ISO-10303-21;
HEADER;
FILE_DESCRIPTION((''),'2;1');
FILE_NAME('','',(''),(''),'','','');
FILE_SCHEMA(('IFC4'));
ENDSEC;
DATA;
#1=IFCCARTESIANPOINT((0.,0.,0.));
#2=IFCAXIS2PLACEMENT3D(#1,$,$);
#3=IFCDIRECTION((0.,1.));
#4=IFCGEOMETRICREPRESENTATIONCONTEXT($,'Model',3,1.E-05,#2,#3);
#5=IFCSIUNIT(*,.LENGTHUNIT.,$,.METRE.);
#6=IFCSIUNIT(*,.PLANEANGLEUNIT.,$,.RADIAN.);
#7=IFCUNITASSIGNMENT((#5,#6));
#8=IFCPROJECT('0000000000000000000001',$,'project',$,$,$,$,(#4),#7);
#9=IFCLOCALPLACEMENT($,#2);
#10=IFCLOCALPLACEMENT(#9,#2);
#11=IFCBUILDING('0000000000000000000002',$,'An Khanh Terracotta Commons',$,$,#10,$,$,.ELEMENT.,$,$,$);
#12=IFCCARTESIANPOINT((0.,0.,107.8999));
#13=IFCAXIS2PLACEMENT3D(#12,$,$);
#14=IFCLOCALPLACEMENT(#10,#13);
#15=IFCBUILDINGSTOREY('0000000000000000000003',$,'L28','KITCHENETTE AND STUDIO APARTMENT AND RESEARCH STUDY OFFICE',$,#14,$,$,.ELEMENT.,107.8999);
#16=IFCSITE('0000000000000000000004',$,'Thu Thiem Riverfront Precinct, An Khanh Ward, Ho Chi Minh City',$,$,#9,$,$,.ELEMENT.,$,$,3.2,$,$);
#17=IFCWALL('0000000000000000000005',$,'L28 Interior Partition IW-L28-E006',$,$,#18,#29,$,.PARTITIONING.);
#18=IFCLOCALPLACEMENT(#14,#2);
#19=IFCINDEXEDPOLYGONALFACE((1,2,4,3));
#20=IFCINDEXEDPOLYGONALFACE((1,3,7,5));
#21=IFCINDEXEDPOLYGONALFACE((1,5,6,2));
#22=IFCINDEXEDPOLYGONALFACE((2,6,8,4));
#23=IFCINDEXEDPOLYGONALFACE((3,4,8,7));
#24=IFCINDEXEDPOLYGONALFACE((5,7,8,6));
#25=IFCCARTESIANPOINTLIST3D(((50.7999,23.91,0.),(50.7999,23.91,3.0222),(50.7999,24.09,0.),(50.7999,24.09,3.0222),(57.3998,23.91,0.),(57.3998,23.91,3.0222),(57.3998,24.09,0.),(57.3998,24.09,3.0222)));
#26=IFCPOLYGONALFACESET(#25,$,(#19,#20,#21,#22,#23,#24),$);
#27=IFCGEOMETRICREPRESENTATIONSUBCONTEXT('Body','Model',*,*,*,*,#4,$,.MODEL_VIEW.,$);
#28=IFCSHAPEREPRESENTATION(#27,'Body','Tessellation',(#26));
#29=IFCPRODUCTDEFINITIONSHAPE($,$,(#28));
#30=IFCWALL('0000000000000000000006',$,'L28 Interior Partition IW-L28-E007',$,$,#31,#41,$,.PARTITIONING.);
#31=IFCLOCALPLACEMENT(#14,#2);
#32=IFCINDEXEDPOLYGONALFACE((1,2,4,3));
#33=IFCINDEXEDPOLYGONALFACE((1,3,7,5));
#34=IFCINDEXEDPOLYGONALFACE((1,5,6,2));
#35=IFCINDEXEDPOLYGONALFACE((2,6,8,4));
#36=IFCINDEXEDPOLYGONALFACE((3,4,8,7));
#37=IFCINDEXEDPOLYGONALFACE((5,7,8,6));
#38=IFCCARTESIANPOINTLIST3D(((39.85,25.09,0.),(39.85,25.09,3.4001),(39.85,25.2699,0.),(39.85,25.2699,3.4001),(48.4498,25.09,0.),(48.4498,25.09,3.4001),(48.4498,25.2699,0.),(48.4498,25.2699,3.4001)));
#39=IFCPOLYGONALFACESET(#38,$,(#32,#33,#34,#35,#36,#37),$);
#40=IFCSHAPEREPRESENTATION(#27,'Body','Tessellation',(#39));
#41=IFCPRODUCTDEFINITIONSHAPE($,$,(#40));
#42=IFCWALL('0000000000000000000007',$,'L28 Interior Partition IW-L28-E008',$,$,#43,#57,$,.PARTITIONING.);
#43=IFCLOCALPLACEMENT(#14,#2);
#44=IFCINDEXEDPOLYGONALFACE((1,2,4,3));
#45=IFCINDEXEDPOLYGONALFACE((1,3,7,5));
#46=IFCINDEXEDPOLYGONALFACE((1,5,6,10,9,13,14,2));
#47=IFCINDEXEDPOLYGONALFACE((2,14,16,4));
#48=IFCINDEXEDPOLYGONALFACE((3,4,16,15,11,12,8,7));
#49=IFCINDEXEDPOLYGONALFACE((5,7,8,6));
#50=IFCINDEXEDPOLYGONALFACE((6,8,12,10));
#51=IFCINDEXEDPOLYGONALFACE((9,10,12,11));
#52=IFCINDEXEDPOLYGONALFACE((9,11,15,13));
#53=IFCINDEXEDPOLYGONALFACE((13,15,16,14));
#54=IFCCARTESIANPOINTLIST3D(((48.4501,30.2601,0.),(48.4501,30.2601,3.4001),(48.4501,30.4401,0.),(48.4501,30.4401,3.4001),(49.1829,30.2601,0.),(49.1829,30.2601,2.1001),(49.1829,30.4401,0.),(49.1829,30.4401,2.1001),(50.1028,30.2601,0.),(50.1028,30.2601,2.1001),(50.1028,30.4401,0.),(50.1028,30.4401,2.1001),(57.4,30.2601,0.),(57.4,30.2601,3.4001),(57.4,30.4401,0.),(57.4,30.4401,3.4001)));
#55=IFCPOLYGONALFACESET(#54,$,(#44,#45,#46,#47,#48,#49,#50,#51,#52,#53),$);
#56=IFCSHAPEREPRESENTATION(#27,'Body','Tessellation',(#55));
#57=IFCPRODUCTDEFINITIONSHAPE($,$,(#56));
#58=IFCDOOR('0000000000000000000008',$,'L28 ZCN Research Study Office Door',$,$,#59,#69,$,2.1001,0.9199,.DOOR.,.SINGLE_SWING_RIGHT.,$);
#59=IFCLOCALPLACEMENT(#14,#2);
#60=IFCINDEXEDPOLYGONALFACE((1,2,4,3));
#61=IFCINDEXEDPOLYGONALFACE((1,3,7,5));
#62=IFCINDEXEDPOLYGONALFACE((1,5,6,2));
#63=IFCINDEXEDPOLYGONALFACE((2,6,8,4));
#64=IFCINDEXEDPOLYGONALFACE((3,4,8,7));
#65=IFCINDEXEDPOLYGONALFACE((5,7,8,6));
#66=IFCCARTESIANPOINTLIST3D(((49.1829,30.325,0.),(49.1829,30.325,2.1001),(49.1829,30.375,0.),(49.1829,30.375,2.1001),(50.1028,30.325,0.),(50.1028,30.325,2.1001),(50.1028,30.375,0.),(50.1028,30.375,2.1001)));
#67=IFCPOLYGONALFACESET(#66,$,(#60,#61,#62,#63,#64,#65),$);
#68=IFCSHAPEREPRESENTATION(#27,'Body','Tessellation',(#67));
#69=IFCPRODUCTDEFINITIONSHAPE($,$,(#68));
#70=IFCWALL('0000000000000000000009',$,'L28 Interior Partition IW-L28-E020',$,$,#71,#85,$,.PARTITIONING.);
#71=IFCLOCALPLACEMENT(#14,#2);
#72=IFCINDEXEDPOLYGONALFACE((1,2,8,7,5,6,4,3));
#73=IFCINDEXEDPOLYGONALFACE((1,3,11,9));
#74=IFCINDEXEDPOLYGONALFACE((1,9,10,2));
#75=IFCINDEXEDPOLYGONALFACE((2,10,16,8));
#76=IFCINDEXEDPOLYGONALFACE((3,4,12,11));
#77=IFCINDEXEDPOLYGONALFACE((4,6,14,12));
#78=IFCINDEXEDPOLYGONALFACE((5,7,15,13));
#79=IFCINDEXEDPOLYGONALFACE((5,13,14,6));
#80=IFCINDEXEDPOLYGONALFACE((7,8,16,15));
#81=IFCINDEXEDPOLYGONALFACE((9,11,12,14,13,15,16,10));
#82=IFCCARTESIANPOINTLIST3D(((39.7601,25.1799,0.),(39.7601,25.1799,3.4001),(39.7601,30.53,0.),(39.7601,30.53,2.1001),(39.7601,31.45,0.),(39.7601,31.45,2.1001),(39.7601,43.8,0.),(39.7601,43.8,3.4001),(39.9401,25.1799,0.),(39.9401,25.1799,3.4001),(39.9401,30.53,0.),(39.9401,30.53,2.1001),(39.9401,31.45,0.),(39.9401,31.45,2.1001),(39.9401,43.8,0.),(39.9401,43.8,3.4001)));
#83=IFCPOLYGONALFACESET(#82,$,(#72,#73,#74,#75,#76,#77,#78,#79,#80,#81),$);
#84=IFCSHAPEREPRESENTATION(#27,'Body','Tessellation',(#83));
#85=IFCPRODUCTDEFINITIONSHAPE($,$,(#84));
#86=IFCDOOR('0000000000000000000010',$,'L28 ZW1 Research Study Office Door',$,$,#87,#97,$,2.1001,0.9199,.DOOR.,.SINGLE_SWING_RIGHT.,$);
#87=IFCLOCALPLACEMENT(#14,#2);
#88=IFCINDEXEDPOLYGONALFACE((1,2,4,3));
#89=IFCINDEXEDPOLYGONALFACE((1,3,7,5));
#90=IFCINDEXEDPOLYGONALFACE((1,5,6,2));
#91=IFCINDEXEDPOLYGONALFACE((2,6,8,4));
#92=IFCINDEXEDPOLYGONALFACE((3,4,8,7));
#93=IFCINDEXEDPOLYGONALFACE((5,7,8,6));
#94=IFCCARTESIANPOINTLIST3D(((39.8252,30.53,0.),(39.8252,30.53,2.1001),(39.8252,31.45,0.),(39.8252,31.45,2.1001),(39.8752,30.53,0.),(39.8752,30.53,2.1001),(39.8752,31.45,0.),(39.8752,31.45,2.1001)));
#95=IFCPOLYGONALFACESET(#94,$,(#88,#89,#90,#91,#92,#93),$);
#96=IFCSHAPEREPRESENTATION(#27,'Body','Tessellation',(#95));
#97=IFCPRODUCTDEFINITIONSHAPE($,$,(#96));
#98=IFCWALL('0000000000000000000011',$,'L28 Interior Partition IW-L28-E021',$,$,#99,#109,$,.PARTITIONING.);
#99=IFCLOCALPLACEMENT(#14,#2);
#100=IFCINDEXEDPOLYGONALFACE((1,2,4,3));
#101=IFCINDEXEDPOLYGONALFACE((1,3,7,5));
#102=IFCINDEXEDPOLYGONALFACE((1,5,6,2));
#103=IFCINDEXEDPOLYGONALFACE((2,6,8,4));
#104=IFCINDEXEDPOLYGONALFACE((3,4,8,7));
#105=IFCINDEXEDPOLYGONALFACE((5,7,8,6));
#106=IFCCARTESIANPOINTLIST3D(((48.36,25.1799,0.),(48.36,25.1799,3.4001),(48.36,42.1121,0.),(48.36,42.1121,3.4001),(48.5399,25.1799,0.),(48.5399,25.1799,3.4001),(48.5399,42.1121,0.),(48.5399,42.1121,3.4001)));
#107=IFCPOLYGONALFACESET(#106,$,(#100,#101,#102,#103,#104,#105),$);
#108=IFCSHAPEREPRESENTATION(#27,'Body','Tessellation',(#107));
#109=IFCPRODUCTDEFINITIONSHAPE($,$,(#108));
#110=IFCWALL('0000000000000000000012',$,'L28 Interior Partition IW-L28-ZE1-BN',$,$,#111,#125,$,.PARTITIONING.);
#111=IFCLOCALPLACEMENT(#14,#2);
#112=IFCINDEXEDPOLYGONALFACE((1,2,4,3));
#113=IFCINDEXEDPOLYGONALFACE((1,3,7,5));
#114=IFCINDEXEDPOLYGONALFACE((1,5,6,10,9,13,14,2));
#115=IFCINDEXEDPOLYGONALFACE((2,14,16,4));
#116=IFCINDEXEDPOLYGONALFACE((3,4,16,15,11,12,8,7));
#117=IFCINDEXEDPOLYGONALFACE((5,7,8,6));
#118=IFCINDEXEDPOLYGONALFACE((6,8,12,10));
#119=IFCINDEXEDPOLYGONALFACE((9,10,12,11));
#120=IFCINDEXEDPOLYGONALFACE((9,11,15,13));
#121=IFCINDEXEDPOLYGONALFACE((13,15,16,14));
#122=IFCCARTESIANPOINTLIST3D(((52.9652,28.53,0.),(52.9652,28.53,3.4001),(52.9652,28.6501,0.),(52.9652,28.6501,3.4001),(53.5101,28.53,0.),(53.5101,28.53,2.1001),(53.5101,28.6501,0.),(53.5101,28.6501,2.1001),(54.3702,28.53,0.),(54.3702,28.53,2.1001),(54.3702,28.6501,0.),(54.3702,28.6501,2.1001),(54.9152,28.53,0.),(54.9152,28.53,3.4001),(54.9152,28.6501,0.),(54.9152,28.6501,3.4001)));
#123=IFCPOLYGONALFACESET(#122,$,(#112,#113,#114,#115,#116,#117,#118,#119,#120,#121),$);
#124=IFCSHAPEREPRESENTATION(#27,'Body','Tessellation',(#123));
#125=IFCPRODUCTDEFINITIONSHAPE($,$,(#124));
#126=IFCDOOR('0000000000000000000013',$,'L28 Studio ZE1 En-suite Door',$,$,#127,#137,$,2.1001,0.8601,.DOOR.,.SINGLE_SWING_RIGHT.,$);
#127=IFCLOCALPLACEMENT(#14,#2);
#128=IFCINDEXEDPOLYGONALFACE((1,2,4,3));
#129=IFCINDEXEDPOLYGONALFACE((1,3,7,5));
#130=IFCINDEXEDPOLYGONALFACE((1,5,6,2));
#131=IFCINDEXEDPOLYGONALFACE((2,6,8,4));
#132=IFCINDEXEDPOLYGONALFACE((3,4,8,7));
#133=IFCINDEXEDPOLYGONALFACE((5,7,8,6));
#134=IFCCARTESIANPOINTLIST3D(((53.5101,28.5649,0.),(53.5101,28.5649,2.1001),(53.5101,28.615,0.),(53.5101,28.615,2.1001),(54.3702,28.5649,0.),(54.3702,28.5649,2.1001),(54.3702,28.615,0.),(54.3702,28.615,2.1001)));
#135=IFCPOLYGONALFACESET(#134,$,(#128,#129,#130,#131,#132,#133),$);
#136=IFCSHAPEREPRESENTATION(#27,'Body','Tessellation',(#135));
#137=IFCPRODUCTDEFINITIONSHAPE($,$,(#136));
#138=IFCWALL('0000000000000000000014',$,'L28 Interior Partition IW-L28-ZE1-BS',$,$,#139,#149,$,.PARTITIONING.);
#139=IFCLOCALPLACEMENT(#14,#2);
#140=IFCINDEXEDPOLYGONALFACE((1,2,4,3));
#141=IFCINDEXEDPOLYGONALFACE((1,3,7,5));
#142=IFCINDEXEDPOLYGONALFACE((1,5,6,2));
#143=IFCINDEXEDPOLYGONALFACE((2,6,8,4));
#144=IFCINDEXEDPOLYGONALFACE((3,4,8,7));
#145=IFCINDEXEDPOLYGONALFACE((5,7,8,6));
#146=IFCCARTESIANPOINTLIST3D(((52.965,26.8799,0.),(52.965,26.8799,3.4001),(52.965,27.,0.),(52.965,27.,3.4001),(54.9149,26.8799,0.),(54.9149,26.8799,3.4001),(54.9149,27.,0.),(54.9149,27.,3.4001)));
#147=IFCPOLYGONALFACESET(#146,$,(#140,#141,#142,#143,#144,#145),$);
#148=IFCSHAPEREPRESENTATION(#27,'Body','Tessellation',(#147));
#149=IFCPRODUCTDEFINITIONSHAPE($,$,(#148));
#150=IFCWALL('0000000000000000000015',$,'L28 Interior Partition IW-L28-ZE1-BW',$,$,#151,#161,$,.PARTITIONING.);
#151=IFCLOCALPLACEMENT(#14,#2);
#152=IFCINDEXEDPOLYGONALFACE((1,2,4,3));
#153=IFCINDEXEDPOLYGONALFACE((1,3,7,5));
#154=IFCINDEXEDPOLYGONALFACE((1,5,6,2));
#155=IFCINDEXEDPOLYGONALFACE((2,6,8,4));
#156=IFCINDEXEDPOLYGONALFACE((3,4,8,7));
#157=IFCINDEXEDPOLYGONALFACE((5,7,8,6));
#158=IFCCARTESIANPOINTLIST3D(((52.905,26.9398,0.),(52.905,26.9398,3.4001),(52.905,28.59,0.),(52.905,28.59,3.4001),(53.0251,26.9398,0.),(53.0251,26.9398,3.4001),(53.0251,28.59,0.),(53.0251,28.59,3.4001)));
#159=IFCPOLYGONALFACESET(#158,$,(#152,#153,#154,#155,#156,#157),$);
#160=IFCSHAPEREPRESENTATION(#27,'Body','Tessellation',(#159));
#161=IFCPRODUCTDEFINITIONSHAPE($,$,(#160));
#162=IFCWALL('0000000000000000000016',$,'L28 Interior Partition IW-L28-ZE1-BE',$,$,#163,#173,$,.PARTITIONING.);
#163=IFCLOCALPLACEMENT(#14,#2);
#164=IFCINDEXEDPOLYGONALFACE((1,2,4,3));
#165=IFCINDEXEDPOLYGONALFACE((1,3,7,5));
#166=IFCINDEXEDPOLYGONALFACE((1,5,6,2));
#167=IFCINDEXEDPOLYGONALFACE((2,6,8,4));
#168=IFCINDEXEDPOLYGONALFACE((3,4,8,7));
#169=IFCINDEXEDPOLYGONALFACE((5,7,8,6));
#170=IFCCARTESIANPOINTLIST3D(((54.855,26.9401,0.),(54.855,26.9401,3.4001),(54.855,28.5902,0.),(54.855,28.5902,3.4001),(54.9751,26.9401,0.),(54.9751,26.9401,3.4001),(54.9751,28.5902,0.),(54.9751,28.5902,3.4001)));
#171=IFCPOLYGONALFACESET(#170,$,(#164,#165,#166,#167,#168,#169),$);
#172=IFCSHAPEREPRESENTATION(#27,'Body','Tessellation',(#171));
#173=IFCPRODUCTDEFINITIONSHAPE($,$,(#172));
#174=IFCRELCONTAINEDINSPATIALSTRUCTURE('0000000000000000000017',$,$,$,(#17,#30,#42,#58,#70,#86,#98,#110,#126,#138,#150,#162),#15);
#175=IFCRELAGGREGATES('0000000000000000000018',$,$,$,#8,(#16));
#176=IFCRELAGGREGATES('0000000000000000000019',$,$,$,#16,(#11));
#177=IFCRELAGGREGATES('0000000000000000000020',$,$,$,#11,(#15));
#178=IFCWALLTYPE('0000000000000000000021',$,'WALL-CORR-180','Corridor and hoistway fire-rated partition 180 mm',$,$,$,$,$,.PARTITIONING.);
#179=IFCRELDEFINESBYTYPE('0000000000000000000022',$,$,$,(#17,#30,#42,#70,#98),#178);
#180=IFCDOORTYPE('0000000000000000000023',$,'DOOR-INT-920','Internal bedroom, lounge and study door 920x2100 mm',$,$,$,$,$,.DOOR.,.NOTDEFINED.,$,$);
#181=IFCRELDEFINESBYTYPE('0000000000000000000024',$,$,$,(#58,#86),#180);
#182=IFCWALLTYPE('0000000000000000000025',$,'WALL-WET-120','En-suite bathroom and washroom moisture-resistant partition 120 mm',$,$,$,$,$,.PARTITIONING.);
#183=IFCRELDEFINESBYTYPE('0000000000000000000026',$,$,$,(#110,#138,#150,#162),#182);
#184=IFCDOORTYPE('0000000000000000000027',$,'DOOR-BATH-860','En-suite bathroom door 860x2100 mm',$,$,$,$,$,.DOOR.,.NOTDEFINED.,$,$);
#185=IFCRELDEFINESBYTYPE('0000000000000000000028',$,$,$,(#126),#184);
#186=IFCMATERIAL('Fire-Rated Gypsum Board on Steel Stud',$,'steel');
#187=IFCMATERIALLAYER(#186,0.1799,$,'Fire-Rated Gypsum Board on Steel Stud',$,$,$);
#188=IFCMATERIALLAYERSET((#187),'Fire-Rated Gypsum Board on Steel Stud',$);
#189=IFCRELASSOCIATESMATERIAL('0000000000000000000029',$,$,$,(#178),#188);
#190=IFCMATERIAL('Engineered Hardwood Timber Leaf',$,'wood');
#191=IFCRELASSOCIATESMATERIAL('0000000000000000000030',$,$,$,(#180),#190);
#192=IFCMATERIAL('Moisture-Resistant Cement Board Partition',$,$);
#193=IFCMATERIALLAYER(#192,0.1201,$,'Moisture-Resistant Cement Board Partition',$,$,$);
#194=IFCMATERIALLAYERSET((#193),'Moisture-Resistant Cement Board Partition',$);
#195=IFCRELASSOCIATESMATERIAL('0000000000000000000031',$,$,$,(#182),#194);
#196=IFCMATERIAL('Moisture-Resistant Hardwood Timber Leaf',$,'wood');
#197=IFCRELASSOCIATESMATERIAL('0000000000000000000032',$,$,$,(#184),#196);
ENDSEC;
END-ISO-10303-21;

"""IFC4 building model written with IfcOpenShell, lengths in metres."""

from ifc_helpers import new_model, si_unit, direction, frame, frame_2d, origin, place, context, subcontext, project, spatial, rectangle, extrude, material, layer, layer_set, type_object, element, fill, save


model = new_model("IFC4")

# Units and contexts
model_context = context("Model", 3, precision=1e-05, world=origin(), true_north=direction((0.0, 1.0)))
body_context = subcontext(model_context, "Body", "Model", "MODEL_VIEW")
ifc_project = project(units=[si_unit("LENGTHUNIT", "METRE"), si_unit("PLANEANGLEUNIT", "RADIAN")], contexts=[model_context])

# Site, building, storey
site_placement = place(None, origin())
site = spatial("IfcSite", under=ifc_project, at=site_placement, Name="Thu Thiem Riverfront Precinct, An Khanh Ward, Ho Chi Minh City", CompositionType="ELEMENT", RefElevation=3.2)
building_placement = place(site_placement, origin())
building = spatial("IfcBuilding", under=site, at=building_placement, Name="An Khanh Terracotta Commons", CompositionType="ELEMENT")
storey_placement = place(building_placement, frame((0.0, 0.0, 107.8999)))
storey = spatial("IfcBuildingStorey", under=building, at=storey_placement, Name="L28", Description="KITCHENETTE AND STUDIO APARTMENT AND RESEARCH STUDY OFFICE", CompositionType="ELEMENT", Elevation=107.8999)

# Walls
ifc_material_1 = material(Name="Fire-Rated Gypsum Board on Steel Stud", Category="steel")
ifc_layer_1 = layer(ifc_material_1, 0.1799, Name="Fire-Rated Gypsum Board on Steel Stud")
ifc_layer_set_1 = layer_set([ifc_layer_1], Name="Fire-Rated Gypsum Board on Steel Stud")
wall_type_1 = type_object("IfcWallType", Name="WALL-CORR-180", Description="Corridor and hoistway fire-rated partition 180 mm", PredefinedType="PARTITIONING", material=ifc_layer_set_1)
wall_1_placement = place(storey_placement, frame((50.8, 24.0, 0.0), z_axis=(0.0, 0.0, 1.0), x_axis=(1.0, 0.0, 0.0)))
element("IfcWall", 1, at=wall_1_placement, inside=storey, type_object=wall_type_1, Name="L28 Interior Partition IW-L28-E006", PredefinedType="PARTITIONING", context=body_context, shape_type="SweptSolid", body=[
    extrude(rectangle(XDim=6.5999, YDim=0.1799, at=frame_2d((3.2998, 0.0))), origin(), (0.0, 0.0, 1.0), 3.0222),
])
wall_2_placement = place(storey_placement, frame((39.8501, 25.1799, 0.0), z_axis=(0.0, 0.0, 1.0), x_axis=(1.0, 0.0, 0.0)))
element("IfcWall", 2, at=wall_2_placement, inside=storey, type_object=wall_type_1, Name="L28 Interior Partition IW-L28-E007", PredefinedType="PARTITIONING", context=body_context, shape_type="SweptSolid", body=[
    extrude(rectangle(XDim=8.5999, YDim=0.1799, at=frame_2d((4.2998, 0.0))), origin(), (0.0, 0.0, 1.0), 3.4001),
])

# Walls, openings, doors
wall_3_placement = place(storey_placement, frame((48.45, 30.3501, 0.0), z_axis=(0.0, 0.0, 1.0), x_axis=(1.0, 0.0, 0.0)))
wall_3 = element("IfcWall", 3, at=wall_3_placement, inside=storey, type_object=wall_type_1, Name="L28 Interior Partition IW-L28-E008", PredefinedType="PARTITIONING", context=body_context, shape_type="SweptSolid", body=[
    extrude(rectangle(XDim=8.95, YDim=0.1799, at=frame_2d((4.4751, 0.0))), origin(), (0.0, 0.0, 1.0), 3.4001),
])
opening_1_placement = place(wall_3_placement, frame((0.7329, 0.0, 0.0)))
opening_1 = element("IfcOpeningElement", 4, at=opening_1_placement, cuts=wall_3, PredefinedType="OPENING", context=body_context, shape_type="SweptSolid", body=[
    extrude(rectangle(XDim=0.9199, YDim=2.1001, at=frame_2d((0.46, 1.05))), frame((0.0, 0.0999, 0.0), z_axis=(0.0, -1.0, 0.0), x_axis=(1.0, 0.0, 0.0)), (0.0, 0.0, 1.0), 0.2),
])
ifc_material_2 = material(Name="Engineered Hardwood Timber Leaf", Category="wood")
door_type_1 = type_object("IfcDoorType", Name="DOOR-INT-920", Description="Internal bedroom, lounge and study door 920x2100 mm", OperationType="NOTDEFINED", PredefinedType="DOOR", material=ifc_material_2)
door_1_placement = place(opening_1_placement, origin())
door_1 = element("IfcDoor", 5, at=door_1_placement, inside=storey, type_object=door_type_1, Name="L28 ZCN Research Study Office Door", OperationType="SINGLE_SWING_RIGHT", OverallHeight=2.1001, OverallWidth=0.9199, PredefinedType="DOOR", context=body_context, shape_type="SweptSolid", body=[
    extrude(rectangle(XDim=0.9199, YDim=2.1001, at=frame_2d((0.46, 1.05))), frame((0.0, 0.0249, 0.0), z_axis=(0.0, -1.0, 0.0), x_axis=(1.0, 0.0, 0.0)), (0.0, 0.0, 1.0), 0.05),
])
fill(opening_1, door_1)
wall_4_placement = place(storey_placement, frame((39.8501, 25.1799, 0.0), z_axis=(0.0, 0.0, 1.0), x_axis=(0.0, 1.0, 0.0)))
wall_4 = element("IfcWall", 6, at=wall_4_placement, inside=storey, type_object=wall_type_1, Name="L28 Interior Partition IW-L28-E020", PredefinedType="PARTITIONING", context=body_context, shape_type="SweptSolid", body=[
    extrude(rectangle(XDim=18.6201, YDim=0.1799, at=frame_2d((9.3101, 0.0))), origin(), (0.0, 0.0, 1.0), 3.4001),
])
opening_2_placement = place(wall_4_placement, frame((5.3501, 0.0, 0.0)))
opening_2 = element("IfcOpeningElement", 7, at=opening_2_placement, cuts=wall_4, PredefinedType="OPENING", context=body_context, shape_type="SweptSolid", body=[
    extrude(rectangle(XDim=0.9199, YDim=2.1001, at=frame_2d((0.46, 1.05))), frame((0.0, 0.0999, 0.0), z_axis=(0.0, -1.0, 0.0), x_axis=(1.0, 0.0, 0.0)), (0.0, 0.0, 1.0), 0.2),
])
door_2_placement = place(opening_2_placement, origin())
door_2 = element("IfcDoor", 8, at=door_2_placement, inside=storey, type_object=door_type_1, Name="L28 ZW1 Research Study Office Door", OperationType="SINGLE_SWING_RIGHT", OverallHeight=2.1001, OverallWidth=0.9199, PredefinedType="DOOR", context=body_context, shape_type="SweptSolid", body=[
    extrude(rectangle(XDim=0.9199, YDim=2.1001, at=frame_2d((0.46, 1.05))), frame((0.0, 0.0249, 0.0), z_axis=(0.0, -1.0, 0.0), x_axis=(1.0, 0.0, 0.0)), (0.0, 0.0, 1.0), 0.05),
])
fill(opening_2, door_2)

# Wall
wall_5_placement = place(storey_placement, frame((48.45, 25.1799, 0.0), z_axis=(0.0, 0.0, 1.0), x_axis=(0.0, 1.0, 0.0)))
element("IfcWall", 9, at=wall_5_placement, inside=storey, type_object=wall_type_1, Name="L28 Interior Partition IW-L28-E021", PredefinedType="PARTITIONING", context=body_context, shape_type="SweptSolid", body=[
    extrude(rectangle(XDim=16.9321, YDim=0.1799, at=frame_2d((8.4661, 0.0))), origin(), (0.0, 0.0, 1.0), 3.4001),
])

# Wall, opening, door
ifc_material_3 = material(Name="Moisture-Resistant Cement Board Partition")
ifc_layer_2 = layer(ifc_material_3, 0.1201, Name="Moisture-Resistant Cement Board Partition")
ifc_layer_set_2 = layer_set([ifc_layer_2], Name="Moisture-Resistant Cement Board Partition")
wall_type_2 = type_object("IfcWallType", Name="WALL-WET-120", Description="En-suite bathroom and washroom moisture-resistant partition 120 mm", PredefinedType="PARTITIONING", material=ifc_layer_set_2)
wall_6_placement = place(storey_placement, frame((52.9651, 28.5901, 0.0), z_axis=(0.0, 0.0, 1.0), x_axis=(1.0, 0.0, 0.0)))
wall_6 = element("IfcWall", 10, at=wall_6_placement, inside=storey, type_object=wall_type_2, Name="L28 Interior Partition IW-L28-ZE1-BN", PredefinedType="PARTITIONING", context=body_context, shape_type="SweptSolid", body=[
    extrude(rectangle(XDim=1.95, YDim=0.1201, at=frame_2d((0.9751, 0.0))), origin(), (0.0, 0.0, 1.0), 3.4001),
])
opening_3_placement = place(wall_6_placement, frame((0.5449, 0.0, 0.0)))
opening_3 = element("IfcOpeningElement", 11, at=opening_3_placement, cuts=wall_6, PredefinedType="OPENING", context=body_context, shape_type="SweptSolid", body=[
    extrude(rectangle(XDim=0.8601, YDim=2.1001, at=frame_2d((0.4302, 1.05))), frame((0.0, 0.0701, 0.0), z_axis=(0.0, -1.0, 0.0), x_axis=(1.0, 0.0, 0.0)), (0.0, 0.0, 1.0), 0.1401),
])
ifc_material_4 = material(Name="Moisture-Resistant Hardwood Timber Leaf", Category="wood")
door_type_2 = type_object("IfcDoorType", Name="DOOR-BATH-860", Description="En-suite bathroom door 860x2100 mm", OperationType="NOTDEFINED", PredefinedType="DOOR", material=ifc_material_4)
door_3_placement = place(opening_3_placement, origin())
door_3 = element("IfcDoor", 12, at=door_3_placement, inside=storey, type_object=door_type_2, Name="L28 Studio ZE1 En-suite Door", OperationType="SINGLE_SWING_RIGHT", OverallHeight=2.1001, OverallWidth=0.8601, PredefinedType="DOOR", context=body_context, shape_type="SweptSolid", body=[
    extrude(rectangle(XDim=0.8601, YDim=2.1001, at=frame_2d((0.4302, 1.05))), frame((0.0, 0.0249, 0.0), z_axis=(0.0, -1.0, 0.0), x_axis=(1.0, 0.0, 0.0)), (0.0, 0.0, 1.0), 0.05),
])
fill(opening_3, door_3)

# Walls
wall_7_placement = place(storey_placement, frame((54.915, 26.9399, 0.0), z_axis=(0.0, 0.0, 1.0), x_axis=(-1.0, 0.0, 0.0)))
element("IfcWall", 13, at=wall_7_placement, inside=storey, type_object=wall_type_2, Name="L28 Interior Partition IW-L28-ZE1-BS", PredefinedType="PARTITIONING", context=body_context, shape_type="SweptSolid", body=[
    extrude(rectangle(XDim=1.95, YDim=0.1201, at=frame_2d((0.9751, 0.0))), origin(), (0.0, 0.0, 1.0), 3.4001),
])
for number, where, z_axis, x_axis, name in (
    (14, (52.9651, 28.5901, 0.0), (0.0, 0.0, 1.0), (0.0, -1.0, 0.0), "L28 Interior Partition IW-L28-ZE1-BW"),
    (15, (54.915, 26.9399, 0.0), (0.0, 0.0, 1.0), (0.0, 1.0, 0.0), "L28 Interior Partition IW-L28-ZE1-BE"),
):
    element("IfcWall", number, at=place(storey_placement, frame(where, z_axis=z_axis, x_axis=x_axis)), inside=storey, type_object=wall_type_2, Name=name, PredefinedType="PARTITIONING", context=body_context, shape_type="SweptSolid", body=[
        extrude(rectangle(XDim=1.6501, YDim=0.1201, at=frame_2d((0.8252, 0.0))), origin(), (0.0, 0.0, 1.0), 3.4001),
    ])

save(model, "model.ifc")
